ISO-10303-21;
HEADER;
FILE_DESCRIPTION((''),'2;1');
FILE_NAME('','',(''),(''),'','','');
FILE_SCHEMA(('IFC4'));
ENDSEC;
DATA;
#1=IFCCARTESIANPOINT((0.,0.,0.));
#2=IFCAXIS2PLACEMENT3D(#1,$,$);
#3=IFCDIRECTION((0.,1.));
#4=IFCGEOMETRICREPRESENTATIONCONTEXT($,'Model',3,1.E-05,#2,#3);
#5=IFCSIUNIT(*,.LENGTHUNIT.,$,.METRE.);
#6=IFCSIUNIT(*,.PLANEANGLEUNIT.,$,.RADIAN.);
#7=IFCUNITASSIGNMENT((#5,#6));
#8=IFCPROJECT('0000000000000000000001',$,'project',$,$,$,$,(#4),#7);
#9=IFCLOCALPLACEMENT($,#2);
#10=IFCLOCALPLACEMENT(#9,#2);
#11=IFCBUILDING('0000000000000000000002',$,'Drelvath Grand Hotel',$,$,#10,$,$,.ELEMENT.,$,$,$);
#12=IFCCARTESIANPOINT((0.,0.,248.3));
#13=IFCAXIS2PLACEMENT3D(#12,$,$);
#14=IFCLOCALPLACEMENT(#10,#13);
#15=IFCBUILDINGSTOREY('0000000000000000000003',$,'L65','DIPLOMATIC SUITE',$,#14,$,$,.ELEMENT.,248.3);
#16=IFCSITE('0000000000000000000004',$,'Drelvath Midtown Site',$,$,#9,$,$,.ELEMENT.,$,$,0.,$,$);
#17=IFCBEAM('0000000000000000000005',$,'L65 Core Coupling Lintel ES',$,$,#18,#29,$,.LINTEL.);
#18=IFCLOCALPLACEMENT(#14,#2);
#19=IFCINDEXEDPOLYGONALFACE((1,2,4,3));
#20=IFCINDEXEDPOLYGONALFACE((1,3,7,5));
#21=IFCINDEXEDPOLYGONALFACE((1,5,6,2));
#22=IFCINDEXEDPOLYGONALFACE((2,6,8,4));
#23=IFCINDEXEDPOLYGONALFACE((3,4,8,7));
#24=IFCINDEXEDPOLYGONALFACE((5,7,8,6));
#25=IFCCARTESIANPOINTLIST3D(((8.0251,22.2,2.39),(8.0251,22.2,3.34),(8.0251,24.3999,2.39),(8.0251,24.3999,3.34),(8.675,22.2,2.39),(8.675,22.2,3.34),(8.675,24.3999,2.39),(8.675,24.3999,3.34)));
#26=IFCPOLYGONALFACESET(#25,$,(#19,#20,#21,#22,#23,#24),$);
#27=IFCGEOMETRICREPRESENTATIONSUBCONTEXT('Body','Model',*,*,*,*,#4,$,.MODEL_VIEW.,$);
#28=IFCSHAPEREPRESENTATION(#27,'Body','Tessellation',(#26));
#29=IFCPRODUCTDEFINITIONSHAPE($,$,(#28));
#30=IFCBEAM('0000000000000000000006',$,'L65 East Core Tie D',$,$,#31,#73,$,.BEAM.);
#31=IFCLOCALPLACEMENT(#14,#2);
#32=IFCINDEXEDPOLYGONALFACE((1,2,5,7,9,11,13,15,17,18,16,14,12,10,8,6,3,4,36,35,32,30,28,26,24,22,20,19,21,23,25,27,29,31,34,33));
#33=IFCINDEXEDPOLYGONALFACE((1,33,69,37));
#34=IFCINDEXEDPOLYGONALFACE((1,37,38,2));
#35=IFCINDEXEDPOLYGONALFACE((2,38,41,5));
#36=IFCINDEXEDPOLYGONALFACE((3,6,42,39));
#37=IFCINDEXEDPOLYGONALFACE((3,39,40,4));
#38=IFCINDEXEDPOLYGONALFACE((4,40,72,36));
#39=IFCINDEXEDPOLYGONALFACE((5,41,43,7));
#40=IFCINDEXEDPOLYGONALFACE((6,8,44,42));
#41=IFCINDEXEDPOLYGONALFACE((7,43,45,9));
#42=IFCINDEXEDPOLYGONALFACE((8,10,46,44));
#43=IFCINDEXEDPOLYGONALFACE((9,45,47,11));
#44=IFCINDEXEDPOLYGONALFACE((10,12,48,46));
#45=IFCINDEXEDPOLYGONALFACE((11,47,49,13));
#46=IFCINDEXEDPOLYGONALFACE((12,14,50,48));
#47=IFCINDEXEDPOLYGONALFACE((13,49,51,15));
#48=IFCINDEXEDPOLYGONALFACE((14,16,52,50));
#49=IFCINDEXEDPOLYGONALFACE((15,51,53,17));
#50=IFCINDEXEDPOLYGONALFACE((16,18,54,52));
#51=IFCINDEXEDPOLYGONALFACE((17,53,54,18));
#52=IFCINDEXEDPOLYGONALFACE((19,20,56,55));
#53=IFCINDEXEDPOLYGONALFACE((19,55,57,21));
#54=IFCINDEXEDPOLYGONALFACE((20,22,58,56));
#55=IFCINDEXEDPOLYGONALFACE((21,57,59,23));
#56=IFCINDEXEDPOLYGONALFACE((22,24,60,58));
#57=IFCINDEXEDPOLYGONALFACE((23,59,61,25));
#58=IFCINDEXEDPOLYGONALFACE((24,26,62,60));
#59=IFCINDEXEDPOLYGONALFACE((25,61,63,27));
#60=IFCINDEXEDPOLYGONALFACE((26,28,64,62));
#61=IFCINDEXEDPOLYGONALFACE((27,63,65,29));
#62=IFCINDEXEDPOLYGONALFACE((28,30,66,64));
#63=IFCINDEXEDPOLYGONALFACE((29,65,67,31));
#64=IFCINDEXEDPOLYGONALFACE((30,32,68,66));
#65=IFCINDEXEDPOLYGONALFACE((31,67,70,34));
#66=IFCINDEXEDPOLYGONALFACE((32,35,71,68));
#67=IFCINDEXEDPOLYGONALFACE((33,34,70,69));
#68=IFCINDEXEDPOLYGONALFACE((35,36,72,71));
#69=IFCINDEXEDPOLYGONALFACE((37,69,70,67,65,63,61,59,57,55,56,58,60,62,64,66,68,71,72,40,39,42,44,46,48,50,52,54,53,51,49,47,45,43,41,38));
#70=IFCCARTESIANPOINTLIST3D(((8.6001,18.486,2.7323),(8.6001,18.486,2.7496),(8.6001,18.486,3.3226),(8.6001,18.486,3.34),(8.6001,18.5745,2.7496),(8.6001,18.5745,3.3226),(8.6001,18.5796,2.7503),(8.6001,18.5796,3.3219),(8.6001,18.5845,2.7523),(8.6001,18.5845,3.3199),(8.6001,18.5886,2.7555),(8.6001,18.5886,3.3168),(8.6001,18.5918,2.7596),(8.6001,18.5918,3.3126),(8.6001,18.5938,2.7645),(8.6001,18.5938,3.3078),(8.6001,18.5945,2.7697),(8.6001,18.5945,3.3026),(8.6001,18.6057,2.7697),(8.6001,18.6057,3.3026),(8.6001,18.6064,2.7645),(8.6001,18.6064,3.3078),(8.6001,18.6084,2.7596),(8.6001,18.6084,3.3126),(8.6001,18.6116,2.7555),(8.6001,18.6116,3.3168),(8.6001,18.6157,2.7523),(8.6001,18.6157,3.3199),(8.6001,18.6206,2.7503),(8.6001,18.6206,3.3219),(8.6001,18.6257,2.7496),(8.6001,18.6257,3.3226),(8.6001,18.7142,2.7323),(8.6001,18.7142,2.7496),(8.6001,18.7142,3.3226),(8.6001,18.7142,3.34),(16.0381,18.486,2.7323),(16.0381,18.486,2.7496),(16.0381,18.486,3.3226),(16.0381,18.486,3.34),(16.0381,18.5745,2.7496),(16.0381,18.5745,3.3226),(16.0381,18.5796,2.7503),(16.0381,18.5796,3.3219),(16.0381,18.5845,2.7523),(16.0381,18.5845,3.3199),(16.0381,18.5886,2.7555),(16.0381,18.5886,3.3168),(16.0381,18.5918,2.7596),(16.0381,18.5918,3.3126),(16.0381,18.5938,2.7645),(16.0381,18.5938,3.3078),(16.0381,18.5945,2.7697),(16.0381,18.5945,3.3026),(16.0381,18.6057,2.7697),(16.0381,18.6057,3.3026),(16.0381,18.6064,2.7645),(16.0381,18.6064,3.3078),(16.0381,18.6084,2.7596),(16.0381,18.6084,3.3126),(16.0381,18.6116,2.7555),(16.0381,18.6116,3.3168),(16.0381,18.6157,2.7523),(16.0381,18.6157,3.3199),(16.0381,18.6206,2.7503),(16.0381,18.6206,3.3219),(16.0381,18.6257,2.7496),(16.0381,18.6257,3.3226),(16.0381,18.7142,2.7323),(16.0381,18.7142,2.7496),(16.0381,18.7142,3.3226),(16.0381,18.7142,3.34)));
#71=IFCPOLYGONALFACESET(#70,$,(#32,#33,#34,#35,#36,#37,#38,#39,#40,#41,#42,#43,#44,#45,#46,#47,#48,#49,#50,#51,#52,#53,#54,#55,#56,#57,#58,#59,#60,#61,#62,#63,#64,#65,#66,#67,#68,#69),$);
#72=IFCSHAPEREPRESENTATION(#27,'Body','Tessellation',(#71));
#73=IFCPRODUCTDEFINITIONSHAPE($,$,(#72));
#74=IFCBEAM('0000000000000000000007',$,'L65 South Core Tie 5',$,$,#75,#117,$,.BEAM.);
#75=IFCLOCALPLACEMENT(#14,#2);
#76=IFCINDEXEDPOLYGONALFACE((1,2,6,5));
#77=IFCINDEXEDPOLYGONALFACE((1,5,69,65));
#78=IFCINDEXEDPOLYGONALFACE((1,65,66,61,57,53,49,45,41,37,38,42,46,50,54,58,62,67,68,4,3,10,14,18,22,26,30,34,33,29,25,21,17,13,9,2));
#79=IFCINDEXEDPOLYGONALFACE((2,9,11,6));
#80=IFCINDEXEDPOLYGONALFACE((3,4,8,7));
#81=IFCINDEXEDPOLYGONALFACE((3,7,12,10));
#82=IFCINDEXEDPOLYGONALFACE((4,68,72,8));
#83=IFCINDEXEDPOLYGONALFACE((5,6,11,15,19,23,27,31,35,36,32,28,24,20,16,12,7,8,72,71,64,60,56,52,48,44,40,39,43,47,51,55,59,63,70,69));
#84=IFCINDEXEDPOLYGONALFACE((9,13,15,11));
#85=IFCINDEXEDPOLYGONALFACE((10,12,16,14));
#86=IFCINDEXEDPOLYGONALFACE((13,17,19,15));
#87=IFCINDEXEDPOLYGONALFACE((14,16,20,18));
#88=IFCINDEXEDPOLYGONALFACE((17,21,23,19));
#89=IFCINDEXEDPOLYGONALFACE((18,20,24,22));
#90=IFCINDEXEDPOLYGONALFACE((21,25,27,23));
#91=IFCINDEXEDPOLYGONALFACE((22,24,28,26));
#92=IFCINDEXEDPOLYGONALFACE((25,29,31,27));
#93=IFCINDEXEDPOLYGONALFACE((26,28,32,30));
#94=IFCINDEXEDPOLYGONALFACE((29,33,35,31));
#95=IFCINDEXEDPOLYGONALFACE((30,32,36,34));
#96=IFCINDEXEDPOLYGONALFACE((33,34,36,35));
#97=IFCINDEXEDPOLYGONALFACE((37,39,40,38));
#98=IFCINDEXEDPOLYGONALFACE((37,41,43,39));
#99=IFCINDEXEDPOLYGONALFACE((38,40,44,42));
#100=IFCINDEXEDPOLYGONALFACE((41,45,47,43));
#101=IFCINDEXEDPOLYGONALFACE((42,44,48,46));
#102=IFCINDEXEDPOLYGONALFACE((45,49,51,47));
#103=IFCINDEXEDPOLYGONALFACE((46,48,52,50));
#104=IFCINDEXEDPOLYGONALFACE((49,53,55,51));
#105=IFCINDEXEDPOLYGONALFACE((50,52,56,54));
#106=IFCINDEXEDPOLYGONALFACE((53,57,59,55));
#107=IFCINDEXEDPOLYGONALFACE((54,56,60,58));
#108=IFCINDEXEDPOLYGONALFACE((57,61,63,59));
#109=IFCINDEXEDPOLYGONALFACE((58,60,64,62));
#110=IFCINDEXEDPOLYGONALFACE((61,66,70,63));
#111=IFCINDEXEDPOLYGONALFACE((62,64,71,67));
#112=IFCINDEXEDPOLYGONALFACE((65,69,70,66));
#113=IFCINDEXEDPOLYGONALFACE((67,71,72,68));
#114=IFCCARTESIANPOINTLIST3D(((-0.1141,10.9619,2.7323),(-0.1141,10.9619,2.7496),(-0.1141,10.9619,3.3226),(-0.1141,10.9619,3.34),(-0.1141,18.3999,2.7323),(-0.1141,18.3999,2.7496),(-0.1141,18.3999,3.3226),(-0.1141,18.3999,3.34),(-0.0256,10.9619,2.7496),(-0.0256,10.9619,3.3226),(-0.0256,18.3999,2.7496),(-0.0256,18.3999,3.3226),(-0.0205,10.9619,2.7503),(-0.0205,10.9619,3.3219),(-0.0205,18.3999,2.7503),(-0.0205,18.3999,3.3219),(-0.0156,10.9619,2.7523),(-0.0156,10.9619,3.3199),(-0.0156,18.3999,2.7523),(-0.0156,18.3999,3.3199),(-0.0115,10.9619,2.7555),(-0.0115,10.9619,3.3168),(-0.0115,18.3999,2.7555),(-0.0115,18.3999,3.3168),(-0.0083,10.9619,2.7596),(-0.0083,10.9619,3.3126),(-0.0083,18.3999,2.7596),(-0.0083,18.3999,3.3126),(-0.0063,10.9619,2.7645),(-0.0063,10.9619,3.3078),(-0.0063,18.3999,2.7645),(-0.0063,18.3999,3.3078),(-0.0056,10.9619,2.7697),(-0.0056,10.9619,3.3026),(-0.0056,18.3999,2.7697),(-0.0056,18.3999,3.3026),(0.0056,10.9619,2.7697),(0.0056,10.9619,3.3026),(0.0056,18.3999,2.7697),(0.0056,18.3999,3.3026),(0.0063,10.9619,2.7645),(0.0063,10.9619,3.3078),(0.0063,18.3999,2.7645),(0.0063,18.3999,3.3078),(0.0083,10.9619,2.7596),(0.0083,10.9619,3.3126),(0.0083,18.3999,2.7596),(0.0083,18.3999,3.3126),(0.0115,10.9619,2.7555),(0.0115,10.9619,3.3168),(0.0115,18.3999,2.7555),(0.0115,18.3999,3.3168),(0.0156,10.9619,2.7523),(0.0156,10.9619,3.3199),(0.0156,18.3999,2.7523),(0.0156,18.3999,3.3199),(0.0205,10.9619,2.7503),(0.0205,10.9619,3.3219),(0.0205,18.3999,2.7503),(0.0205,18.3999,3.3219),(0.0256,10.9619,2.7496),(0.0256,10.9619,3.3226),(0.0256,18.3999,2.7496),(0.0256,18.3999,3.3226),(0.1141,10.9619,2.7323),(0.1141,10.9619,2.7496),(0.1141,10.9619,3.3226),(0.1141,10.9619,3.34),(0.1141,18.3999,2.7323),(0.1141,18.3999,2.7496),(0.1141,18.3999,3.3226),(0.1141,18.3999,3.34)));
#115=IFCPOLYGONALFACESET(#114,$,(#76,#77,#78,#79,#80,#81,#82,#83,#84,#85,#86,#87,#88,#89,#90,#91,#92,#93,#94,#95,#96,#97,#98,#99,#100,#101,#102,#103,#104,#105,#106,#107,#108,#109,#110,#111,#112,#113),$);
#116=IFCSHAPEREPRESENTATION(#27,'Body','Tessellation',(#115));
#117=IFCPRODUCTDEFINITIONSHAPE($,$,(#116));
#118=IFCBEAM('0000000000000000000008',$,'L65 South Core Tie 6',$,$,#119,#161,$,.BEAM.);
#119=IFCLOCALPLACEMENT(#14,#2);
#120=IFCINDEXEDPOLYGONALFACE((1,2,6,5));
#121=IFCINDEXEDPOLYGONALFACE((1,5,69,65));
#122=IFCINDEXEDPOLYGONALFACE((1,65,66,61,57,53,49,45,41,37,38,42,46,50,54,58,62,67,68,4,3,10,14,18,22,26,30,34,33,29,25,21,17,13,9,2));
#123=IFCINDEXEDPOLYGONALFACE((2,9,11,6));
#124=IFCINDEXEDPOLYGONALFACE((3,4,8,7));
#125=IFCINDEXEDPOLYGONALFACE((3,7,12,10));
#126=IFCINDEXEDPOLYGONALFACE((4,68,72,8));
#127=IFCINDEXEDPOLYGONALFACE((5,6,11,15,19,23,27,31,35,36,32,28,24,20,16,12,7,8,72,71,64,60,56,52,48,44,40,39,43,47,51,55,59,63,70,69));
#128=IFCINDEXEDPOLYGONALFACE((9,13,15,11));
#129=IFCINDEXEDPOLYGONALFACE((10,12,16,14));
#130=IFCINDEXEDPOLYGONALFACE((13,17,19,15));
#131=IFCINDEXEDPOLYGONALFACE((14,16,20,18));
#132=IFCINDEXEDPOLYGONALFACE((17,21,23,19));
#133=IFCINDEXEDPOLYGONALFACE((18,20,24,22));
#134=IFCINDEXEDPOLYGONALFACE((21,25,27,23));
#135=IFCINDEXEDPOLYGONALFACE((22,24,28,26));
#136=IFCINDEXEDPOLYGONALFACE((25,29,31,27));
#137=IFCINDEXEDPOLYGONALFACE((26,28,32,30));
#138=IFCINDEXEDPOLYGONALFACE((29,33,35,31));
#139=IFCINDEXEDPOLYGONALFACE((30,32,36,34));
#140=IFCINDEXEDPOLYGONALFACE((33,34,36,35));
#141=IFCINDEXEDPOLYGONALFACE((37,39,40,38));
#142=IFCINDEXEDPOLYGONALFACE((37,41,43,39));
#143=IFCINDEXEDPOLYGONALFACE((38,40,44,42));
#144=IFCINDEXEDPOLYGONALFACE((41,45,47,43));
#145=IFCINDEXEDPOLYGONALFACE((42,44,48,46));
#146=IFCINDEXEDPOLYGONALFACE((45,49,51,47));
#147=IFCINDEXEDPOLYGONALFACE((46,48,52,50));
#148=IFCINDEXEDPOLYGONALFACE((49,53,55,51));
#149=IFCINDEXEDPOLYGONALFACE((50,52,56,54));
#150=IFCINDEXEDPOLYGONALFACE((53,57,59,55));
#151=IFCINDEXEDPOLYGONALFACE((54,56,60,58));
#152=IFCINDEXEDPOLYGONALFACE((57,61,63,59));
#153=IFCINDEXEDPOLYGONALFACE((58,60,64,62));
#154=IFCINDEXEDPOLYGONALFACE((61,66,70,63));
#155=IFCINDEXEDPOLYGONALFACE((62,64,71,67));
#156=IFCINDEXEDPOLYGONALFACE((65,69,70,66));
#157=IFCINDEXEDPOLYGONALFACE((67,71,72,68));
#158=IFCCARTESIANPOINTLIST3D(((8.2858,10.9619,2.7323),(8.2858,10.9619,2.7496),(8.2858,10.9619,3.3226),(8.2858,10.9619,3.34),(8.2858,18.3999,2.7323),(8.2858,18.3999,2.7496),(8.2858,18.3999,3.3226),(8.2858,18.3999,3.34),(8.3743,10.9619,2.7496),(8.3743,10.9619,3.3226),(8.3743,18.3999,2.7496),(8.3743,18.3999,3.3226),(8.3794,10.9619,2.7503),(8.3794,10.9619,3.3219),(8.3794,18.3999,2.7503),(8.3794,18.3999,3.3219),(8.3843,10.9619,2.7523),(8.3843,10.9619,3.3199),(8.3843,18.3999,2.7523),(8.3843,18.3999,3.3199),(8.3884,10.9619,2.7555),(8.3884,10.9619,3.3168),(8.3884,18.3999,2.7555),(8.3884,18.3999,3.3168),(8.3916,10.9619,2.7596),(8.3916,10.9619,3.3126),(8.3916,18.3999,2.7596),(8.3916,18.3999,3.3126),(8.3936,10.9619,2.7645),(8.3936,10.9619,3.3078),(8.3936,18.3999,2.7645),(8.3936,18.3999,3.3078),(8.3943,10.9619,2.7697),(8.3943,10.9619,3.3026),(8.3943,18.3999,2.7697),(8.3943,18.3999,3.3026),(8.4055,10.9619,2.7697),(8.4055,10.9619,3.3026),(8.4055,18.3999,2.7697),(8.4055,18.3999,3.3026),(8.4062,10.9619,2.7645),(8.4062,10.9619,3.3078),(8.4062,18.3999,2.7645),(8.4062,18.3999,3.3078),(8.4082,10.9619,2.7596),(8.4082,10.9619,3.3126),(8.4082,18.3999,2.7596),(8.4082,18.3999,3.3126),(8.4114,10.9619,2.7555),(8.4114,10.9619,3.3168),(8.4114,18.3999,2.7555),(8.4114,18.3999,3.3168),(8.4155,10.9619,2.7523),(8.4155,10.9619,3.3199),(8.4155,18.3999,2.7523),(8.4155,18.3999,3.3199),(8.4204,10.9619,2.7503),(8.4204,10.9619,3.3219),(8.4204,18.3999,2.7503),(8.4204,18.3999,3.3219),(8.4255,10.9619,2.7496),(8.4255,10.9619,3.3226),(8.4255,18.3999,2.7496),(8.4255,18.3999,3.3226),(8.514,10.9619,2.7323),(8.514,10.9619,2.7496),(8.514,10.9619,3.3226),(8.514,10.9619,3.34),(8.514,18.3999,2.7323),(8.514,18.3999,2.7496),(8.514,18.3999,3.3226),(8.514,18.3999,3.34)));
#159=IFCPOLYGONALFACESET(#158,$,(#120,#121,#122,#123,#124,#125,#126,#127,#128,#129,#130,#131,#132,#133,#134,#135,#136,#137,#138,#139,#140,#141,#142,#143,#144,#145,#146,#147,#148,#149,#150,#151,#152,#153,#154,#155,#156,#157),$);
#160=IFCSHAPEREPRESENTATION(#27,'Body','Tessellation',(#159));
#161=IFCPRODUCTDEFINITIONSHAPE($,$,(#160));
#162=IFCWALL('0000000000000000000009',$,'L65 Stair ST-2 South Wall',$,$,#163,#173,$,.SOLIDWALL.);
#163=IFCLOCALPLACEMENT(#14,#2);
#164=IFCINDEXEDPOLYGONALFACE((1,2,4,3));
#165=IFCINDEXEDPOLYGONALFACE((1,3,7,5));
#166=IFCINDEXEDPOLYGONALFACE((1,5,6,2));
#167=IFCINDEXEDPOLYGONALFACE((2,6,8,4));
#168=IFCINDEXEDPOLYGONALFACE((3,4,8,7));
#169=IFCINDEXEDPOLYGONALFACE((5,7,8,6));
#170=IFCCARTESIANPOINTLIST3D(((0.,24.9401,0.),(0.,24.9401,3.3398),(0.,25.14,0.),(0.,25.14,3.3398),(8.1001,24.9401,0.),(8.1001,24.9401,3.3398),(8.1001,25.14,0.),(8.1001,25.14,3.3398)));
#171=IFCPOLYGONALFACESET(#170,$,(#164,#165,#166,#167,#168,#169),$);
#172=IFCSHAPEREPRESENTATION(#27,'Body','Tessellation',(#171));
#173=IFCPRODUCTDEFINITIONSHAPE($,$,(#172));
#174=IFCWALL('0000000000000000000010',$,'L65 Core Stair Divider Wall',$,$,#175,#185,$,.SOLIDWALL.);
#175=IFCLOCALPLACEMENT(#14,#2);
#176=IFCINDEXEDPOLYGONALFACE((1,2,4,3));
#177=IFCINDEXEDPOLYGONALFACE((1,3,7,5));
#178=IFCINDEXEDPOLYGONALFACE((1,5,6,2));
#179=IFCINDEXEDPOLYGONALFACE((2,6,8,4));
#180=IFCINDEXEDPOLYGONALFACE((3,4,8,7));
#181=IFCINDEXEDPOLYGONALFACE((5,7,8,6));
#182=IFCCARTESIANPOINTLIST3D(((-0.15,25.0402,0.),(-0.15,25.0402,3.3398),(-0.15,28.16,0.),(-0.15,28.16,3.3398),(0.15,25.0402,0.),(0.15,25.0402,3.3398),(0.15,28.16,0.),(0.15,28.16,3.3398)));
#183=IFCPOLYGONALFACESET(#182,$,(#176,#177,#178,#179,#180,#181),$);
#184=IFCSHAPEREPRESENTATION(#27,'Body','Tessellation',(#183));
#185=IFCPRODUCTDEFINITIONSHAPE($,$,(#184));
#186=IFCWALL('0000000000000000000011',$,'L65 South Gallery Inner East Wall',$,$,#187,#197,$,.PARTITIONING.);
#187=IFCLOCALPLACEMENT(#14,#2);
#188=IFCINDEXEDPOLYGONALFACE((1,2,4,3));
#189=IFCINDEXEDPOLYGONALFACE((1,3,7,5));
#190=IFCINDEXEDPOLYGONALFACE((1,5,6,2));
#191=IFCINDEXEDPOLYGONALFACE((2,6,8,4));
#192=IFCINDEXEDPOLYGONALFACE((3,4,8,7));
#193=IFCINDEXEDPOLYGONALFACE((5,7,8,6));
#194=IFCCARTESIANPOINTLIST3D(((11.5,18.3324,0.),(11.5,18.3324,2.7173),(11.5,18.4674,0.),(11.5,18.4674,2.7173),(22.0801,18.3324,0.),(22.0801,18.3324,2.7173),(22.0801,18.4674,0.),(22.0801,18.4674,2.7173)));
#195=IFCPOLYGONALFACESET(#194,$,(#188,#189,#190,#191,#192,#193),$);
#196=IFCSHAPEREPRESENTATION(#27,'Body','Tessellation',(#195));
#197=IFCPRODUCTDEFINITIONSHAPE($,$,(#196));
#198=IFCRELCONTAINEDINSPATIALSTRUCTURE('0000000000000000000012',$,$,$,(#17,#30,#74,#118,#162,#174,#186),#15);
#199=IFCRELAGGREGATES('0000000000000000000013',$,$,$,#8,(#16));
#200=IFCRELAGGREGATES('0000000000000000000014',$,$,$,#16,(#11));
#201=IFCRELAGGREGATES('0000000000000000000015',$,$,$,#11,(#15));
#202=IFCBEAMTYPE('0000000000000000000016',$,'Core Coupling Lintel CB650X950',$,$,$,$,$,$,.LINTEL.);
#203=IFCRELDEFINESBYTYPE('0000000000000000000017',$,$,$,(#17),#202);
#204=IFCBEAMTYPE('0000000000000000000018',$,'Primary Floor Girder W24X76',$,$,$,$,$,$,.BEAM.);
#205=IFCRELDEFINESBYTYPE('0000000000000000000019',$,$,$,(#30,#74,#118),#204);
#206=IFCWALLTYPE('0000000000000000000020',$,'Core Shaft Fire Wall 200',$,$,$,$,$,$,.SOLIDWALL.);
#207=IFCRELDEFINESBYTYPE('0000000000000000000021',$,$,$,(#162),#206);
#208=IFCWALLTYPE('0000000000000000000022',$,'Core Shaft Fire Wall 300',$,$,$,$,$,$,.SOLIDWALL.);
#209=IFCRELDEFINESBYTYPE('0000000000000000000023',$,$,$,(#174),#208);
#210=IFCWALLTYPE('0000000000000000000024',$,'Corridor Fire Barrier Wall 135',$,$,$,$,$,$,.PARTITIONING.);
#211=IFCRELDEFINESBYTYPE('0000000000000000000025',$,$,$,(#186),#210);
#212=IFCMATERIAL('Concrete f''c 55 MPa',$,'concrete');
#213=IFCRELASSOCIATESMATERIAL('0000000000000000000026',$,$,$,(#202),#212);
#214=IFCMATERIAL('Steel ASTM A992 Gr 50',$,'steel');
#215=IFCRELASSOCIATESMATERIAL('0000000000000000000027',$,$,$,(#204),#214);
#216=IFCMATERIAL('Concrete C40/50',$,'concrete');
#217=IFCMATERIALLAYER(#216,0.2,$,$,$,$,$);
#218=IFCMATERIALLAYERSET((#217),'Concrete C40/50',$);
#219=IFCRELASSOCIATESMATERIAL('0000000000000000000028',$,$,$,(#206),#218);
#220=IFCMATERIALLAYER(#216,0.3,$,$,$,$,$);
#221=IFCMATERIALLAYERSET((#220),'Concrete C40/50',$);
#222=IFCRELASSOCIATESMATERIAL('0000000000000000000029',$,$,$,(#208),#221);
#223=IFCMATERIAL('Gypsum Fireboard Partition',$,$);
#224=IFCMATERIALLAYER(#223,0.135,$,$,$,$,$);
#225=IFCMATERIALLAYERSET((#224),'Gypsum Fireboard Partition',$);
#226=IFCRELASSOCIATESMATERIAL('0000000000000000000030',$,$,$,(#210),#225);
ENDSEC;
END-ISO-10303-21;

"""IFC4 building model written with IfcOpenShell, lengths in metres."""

from ifc_helpers import new_model, si_unit, direction, frame, frame_2d, origin, origin_2d, place, context, subcontext, project, spatial, rectangle, i_section, extrude, material, layer, layer_set, material_profile, profile_set, type_object, element, save


model = new_model("IFC4")

# Units and contexts
model_context = context("Model", 3, precision=1e-05, world=origin(), true_north=direction((0.0, 1.0)))
body_context = subcontext(model_context, "Body", "Model", "MODEL_VIEW")
ifc_project = project(units=[si_unit("LENGTHUNIT", "METRE"), si_unit("PLANEANGLEUNIT", "RADIAN")], contexts=[model_context])

# Site, building, storey
site_placement = place(None, origin())
site = spatial("IfcSite", under=ifc_project, at=site_placement, Name="Drelvath Midtown Site", CompositionType="ELEMENT", RefElevation=0.0)
building_placement = place(site_placement, origin())
building = spatial("IfcBuilding", under=site, at=building_placement, Name="Drelvath Grand Hotel", CompositionType="ELEMENT")
storey_placement = place(building_placement, frame((0.0, 0.0, 248.3)))
storey = spatial("IfcBuildingStorey", under=building, at=storey_placement, Name="L65", Description="DIPLOMATIC SUITE", CompositionType="ELEMENT", Elevation=248.3)

# Beams
ifc_material_1 = material(Name="Concrete f'c 55 MPa", Category="concrete")
ifc_material_profile_1 = material_profile(ifc_material_1, rectangle(XDim=0.6499, YDim=0.95, at=origin_2d()), Name="CB650X950")
ifc_profile_set_1 = profile_set([ifc_material_profile_1], Name="Concrete f'c 55 MPa")
beam_type_1 = type_object("IfcBeamType", Name="Core Coupling Lintel CB650X950", PredefinedType="LINTEL", material=ifc_profile_set_1)
beam_placement = place(storey_placement, frame((8.3501, 22.2, 2.865), z_axis=(0.0, 1.0, 0.0), x_axis=(-1.0, 0.0, 0.0)))
element("IfcBeam", 1, at=beam_placement, inside=storey, type_object=beam_type_1, Name="L65 Core Coupling Lintel ES", PredefinedType="LINTEL", context=body_context, shape_type="SweptSolid", body=[
    extrude(rectangle(XDim=0.6499, YDim=0.95, at=origin_2d()), origin(), (0.0, 0.0, 1.0), 2.2),
])
ifc_material_2 = material(Name="Steel ASTM A992 Gr 50", Category="steel")
ifc_material_profile_2 = material_profile(ifc_material_2, i_section(OverallWidth=0.2283, OverallDepth=0.6077, WebThickness=0.0112, FlangeThickness=0.0173, FilletRadius=0.02, at=origin_2d()), Name="W24X76")
ifc_profile_set_2 = profile_set([ifc_material_profile_2], Name="Steel ASTM A992 Gr 50")
beam_type_2 = type_object("IfcBeamType", Name="Primary Floor Girder W24X76", PredefinedType="BEAM", material=ifc_profile_set_2)
for number, where, z_axis, x_axis, name in (
    (2, (8.6001, 18.6001, 3.0361), (1.0, 0.0, 0.0), (0.0, 1.0, 0.0), "L65 East Core Tie D"),
    (3, (0.0, 10.9619, 3.0361), (0.0, 1.0, 0.0), (-1.0, 0.0, 0.0), "L65 South Core Tie 5"),
    (4, (8.3999, 10.9619, 3.0361), (0.0, 1.0, 0.0), (-1.0, 0.0, 0.0), "L65 South Core Tie 6"),
):
    element("IfcBeam", number, at=place(storey_placement, frame(where, z_axis=z_axis, x_axis=x_axis)), inside=storey, type_object=beam_type_2, Name=name, PredefinedType="BEAM", context=body_context, shape_type="SweptSolid", body=[
        extrude(i_section(OverallWidth=0.2283, OverallDepth=0.6077, WebThickness=0.0112, FlangeThickness=0.0173, FilletRadius=0.02, at=origin_2d()), origin(), (0.0, 0.0, 1.0), 7.438),
    ])

# Walls
ifc_material_3 = material(Name="Concrete C40/50", Category="concrete")
ifc_layer_1 = layer(ifc_material_3, 0.2)
ifc_layer_set_1 = layer_set([ifc_layer_1], Name="Concrete C40/50")
wall_type_1 = type_object("IfcWallType", Name="Core Shaft Fire Wall 200", PredefinedType="SOLIDWALL", material=ifc_layer_set_1)
wall_1_placement = place(storey_placement, frame((0.0, 25.04, 0.0), z_axis=(0.0, 0.0, 1.0), x_axis=(1.0, 0.0, 0.0)))
element("IfcWall", 5, at=wall_1_placement, inside=storey, type_object=wall_type_1, Name="L65 Stair ST-2 South Wall", PredefinedType="SOLIDWALL", context=body_context, shape_type="SweptSolid", body=[
    extrude(rectangle(XDim=8.1001, YDim=0.2, at=frame_2d((4.05, 0.0))), origin(), (0.0, 0.0, 1.0), 3.3398),
])
ifc_layer_2 = layer(ifc_material_3, 0.3)
ifc_layer_set_2 = layer_set([ifc_layer_2], Name="Concrete C40/50")
wall_type_2 = type_object("IfcWallType", Name="Core Shaft Fire Wall 300", PredefinedType="SOLIDWALL", material=ifc_layer_set_2)
wall_2_placement = place(storey_placement, frame((0.0, 25.04, 0.0), z_axis=(0.0, 0.0, 1.0), x_axis=(0.0, 1.0, 0.0)))
element("IfcWall", 6, at=wall_2_placement, inside=storey, type_object=wall_type_2, Name="L65 Core Stair Divider Wall", PredefinedType="SOLIDWALL", context=body_context, shape_type="SweptSolid", body=[
    extrude(rectangle(XDim=3.1199, YDim=0.3, at=frame_2d((1.5601, 0.0))), origin(), (0.0, 0.0, 1.0), 3.3398),
])
ifc_material_4 = material(Name="Gypsum Fireboard Partition")
ifc_layer_3 = layer(ifc_material_4, 0.135)
ifc_layer_set_3 = layer_set([ifc_layer_3], Name="Gypsum Fireboard Partition")
wall_type_3 = type_object("IfcWallType", Name="Corridor Fire Barrier Wall 135", PredefinedType="PARTITIONING", material=ifc_layer_set_3)
wall_3_placement = place(storey_placement, frame((11.5, 18.3999, 0.0), z_axis=(0.0, 0.0, 1.0), x_axis=(1.0, 0.0, 0.0)))
element("IfcWall", 7, at=wall_3_placement, inside=storey, type_object=wall_type_3, Name="L65 South Gallery Inner East Wall", PredefinedType="PARTITIONING", context=body_context, shape_type="SweptSolid", body=[
    extrude(rectangle(XDim=10.5801, YDim=0.135, at=frame_2d((5.29, 0.0))), origin(), (0.0, 0.0, 1.0), 2.7173),
])

save(model, "model.ifc")
